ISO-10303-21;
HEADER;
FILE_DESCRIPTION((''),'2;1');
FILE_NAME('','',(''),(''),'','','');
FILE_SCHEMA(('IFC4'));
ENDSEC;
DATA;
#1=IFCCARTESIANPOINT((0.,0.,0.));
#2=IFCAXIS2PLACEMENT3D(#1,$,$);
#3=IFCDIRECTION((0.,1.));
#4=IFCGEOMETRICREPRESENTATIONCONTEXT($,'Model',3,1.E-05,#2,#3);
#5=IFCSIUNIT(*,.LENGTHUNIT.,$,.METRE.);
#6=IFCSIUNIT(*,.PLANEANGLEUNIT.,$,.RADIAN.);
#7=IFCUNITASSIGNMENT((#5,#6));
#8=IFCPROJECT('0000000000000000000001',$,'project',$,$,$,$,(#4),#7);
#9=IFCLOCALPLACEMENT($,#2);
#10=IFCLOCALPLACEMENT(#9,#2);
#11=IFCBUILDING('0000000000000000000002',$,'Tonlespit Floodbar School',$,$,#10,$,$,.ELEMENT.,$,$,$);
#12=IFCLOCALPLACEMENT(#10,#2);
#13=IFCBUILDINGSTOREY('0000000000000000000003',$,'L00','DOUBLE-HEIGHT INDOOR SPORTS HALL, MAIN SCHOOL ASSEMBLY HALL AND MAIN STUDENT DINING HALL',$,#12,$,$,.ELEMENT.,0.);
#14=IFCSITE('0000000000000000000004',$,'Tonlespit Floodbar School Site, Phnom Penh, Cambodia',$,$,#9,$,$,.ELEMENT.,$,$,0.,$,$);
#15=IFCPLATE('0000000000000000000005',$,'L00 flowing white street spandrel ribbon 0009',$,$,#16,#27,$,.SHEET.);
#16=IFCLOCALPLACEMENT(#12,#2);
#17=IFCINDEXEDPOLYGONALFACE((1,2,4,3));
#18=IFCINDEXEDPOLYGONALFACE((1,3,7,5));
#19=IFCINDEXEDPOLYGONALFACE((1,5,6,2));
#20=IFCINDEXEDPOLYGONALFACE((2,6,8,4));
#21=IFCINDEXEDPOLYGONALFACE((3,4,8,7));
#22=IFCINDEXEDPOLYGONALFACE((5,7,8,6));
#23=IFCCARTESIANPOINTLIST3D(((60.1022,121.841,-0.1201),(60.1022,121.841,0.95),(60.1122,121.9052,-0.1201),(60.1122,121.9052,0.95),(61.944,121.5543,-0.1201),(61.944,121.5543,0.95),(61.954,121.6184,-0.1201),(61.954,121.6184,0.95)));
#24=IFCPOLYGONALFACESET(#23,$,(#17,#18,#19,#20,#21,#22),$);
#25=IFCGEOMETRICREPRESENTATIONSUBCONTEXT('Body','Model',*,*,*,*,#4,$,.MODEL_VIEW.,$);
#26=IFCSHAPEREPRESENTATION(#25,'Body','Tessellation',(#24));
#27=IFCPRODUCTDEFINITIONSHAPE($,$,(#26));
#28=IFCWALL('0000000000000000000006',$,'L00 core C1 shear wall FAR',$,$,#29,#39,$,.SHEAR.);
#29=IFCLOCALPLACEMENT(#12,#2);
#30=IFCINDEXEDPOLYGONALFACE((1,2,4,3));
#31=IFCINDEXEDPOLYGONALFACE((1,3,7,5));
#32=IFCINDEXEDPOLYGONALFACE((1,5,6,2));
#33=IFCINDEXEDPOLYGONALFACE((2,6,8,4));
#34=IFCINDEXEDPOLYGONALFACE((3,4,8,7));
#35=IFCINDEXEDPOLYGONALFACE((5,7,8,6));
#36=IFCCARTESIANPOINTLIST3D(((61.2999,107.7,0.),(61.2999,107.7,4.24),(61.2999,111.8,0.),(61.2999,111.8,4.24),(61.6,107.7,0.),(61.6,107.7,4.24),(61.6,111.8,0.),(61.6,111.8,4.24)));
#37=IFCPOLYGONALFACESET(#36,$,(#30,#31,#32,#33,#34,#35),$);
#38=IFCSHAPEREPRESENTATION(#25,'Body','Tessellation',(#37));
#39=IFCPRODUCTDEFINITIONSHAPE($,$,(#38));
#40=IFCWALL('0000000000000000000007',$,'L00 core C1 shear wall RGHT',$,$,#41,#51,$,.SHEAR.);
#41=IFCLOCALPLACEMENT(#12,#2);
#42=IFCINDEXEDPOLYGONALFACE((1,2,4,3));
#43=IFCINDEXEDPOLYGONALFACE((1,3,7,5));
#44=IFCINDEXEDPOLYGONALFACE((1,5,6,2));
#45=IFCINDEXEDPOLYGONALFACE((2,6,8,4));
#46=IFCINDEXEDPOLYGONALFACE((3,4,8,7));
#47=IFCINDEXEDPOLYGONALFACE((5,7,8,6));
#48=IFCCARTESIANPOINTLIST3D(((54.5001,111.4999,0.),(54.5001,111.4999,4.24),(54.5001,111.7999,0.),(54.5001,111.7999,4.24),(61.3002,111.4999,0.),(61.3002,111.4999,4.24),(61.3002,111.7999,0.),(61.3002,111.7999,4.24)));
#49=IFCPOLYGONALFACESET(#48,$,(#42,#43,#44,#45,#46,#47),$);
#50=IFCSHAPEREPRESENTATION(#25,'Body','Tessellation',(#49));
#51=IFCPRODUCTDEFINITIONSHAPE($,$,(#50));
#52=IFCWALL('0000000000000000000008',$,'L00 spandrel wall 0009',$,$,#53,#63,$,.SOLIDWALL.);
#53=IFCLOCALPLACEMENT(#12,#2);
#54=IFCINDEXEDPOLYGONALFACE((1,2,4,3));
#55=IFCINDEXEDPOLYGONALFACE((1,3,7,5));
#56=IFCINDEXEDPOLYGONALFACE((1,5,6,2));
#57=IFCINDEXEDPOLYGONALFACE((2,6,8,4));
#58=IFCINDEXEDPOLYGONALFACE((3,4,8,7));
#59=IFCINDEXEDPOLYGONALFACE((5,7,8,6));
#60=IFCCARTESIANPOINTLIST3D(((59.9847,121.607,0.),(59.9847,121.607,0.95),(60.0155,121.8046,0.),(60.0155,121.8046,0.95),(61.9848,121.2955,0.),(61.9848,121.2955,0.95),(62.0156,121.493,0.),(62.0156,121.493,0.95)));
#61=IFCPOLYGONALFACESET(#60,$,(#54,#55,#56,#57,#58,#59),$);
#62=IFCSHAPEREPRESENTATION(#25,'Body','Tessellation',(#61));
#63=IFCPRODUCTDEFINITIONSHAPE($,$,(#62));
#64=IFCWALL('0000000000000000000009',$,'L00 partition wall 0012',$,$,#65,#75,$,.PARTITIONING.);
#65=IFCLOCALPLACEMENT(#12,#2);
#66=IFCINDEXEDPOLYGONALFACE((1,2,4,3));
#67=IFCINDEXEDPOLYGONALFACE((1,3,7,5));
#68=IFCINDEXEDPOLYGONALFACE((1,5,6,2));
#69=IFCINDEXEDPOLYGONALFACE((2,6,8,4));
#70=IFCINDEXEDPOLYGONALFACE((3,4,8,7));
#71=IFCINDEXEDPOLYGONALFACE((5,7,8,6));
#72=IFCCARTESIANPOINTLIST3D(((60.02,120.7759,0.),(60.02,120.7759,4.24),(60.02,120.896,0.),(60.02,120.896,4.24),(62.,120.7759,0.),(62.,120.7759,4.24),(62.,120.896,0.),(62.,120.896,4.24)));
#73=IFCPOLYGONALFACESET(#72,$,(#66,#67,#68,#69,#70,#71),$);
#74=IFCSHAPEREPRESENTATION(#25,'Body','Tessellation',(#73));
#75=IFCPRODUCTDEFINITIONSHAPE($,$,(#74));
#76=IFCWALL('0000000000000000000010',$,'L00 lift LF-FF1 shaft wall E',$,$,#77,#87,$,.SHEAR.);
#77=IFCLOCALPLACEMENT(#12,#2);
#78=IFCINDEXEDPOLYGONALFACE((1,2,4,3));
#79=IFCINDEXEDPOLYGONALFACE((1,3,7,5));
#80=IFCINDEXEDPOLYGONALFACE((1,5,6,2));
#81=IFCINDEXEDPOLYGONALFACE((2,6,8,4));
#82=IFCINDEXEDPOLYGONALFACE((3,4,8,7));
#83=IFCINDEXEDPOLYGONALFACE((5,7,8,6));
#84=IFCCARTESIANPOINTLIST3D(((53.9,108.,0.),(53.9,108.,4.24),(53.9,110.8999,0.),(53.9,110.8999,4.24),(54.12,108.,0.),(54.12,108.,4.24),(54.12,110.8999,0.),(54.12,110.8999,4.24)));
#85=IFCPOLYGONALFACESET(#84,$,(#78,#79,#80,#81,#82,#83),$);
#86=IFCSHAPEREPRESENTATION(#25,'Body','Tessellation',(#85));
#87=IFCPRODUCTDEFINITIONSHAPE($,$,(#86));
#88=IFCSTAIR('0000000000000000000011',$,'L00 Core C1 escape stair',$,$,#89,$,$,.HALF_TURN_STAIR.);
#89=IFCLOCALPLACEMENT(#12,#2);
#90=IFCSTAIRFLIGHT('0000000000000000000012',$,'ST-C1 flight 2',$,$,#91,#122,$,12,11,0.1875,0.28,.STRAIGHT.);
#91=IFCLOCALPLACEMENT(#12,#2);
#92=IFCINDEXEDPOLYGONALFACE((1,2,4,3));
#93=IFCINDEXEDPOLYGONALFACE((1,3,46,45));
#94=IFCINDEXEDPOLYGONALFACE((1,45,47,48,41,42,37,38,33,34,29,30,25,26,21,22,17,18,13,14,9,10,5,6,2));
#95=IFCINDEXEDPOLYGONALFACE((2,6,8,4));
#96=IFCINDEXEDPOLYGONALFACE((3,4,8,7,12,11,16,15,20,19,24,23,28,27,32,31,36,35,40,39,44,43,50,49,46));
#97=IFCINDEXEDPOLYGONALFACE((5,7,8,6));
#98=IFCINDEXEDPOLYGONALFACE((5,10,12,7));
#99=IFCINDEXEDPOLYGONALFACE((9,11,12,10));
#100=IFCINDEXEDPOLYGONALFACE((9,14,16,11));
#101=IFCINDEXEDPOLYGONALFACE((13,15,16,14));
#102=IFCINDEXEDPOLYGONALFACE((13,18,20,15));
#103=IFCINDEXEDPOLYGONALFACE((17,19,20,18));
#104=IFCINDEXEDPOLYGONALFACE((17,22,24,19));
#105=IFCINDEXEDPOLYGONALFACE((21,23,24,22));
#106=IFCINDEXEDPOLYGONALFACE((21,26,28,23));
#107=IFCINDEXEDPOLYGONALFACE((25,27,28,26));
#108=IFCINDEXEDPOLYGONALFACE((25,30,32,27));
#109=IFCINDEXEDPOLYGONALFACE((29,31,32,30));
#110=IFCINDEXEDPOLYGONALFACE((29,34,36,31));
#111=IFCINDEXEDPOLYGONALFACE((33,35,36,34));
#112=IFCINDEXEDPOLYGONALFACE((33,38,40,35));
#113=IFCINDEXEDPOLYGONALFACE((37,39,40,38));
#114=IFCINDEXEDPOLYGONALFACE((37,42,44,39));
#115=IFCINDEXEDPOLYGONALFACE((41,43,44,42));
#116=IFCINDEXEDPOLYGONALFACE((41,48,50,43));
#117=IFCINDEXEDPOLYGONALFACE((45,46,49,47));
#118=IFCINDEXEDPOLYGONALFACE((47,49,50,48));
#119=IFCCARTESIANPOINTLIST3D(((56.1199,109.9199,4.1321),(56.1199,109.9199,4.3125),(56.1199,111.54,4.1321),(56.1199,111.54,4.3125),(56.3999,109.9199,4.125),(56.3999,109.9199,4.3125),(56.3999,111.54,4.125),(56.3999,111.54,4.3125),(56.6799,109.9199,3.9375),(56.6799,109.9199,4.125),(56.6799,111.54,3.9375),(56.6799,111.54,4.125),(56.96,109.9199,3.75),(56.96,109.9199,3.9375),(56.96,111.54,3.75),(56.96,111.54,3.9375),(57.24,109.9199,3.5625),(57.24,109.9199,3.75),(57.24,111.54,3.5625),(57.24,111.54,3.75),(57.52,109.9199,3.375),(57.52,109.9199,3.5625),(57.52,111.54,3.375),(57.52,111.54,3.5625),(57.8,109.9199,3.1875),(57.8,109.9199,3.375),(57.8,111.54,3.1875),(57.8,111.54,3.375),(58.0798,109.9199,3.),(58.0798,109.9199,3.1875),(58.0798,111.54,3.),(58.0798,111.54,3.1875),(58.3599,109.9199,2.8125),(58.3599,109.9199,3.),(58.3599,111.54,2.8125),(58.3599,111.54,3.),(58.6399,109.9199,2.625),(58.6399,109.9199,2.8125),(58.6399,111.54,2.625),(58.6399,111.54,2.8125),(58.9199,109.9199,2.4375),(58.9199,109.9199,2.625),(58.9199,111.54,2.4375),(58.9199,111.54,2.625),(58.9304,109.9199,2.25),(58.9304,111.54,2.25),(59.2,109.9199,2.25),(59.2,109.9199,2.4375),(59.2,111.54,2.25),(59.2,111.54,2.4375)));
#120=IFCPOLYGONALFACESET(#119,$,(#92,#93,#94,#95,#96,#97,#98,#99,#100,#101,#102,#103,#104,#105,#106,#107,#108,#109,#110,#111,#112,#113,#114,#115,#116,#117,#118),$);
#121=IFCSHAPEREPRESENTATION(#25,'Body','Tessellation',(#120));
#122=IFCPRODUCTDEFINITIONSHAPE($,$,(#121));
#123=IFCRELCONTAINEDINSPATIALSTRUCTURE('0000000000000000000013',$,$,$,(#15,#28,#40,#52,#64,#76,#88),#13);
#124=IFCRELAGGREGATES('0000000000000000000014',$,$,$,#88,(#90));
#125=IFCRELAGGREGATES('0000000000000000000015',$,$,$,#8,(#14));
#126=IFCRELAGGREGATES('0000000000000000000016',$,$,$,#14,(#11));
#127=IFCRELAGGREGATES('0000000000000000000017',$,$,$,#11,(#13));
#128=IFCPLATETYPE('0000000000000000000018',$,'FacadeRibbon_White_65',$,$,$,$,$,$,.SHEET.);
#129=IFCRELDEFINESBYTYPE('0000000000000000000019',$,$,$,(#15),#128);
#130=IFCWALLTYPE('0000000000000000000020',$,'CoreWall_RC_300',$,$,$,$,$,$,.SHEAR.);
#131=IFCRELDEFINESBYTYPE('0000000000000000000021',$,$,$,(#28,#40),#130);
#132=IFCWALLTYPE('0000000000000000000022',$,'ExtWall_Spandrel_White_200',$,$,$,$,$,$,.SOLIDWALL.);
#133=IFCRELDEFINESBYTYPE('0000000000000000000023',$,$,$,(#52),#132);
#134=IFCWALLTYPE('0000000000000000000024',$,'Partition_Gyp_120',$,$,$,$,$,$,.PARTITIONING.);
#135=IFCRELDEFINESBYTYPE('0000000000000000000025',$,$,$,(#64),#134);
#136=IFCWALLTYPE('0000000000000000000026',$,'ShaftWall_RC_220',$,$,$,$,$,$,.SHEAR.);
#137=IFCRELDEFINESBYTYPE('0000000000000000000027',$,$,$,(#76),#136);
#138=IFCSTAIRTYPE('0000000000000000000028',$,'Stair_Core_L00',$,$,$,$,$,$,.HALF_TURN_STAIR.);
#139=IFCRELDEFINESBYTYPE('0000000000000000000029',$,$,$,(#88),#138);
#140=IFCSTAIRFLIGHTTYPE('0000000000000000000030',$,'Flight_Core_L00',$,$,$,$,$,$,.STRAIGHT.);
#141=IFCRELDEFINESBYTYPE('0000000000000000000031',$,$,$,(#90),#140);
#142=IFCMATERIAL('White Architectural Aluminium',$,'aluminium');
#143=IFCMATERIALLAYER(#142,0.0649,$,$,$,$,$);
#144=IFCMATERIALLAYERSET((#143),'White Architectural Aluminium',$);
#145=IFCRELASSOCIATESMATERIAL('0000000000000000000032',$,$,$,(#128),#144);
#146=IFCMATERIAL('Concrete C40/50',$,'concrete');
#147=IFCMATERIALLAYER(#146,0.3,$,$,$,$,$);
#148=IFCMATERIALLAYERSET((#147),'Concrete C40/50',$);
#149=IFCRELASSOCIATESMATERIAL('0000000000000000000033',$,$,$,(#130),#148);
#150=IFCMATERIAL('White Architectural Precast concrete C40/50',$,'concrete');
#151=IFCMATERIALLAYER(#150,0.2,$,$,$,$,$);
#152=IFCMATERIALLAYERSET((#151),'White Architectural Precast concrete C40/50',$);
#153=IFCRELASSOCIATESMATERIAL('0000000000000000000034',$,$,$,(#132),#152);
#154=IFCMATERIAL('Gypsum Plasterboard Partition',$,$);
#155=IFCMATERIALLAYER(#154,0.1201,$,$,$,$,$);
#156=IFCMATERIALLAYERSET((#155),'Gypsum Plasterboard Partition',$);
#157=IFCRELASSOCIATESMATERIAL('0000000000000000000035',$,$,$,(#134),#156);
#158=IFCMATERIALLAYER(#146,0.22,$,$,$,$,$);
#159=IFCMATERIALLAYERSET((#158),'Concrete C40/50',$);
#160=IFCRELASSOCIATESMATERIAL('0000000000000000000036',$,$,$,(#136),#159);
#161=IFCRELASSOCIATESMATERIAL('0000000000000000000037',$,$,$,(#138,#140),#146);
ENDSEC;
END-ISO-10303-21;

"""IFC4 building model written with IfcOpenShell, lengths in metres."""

from ifc_helpers import new_model, si_unit, direction, frame, frame_2d, origin, origin_2d, place, context, subcontext, project, spatial, polyline, rectangle, outline, extrude, material, layer, layer_set, type_object, element, aggregate, save


model = new_model("IFC4")

# Units and contexts
model_context = context("Model", 3, precision=1e-05, world=origin(), true_north=direction((0.0, 1.0)))
body_context = subcontext(model_context, "Body", "Model", "MODEL_VIEW")
ifc_project = project(units=[si_unit("LENGTHUNIT", "METRE"), si_unit("PLANEANGLEUNIT", "RADIAN")], contexts=[model_context])

# Site, building, storey
site_placement = place(None, origin())
site = spatial("IfcSite", under=ifc_project, at=site_placement, Name="Tonlespit Floodbar School Site, Phnom Penh, Cambodia", CompositionType="ELEMENT", RefElevation=0.0)
building_placement = place(site_placement, origin())
building = spatial("IfcBuilding", under=site, at=building_placement, Name="Tonlespit Floodbar School", CompositionType="ELEMENT")
storey_placement = place(building_placement, origin())
storey = spatial("IfcBuildingStorey", under=building, at=storey_placement, Name="L00", Description="DOUBLE-HEIGHT INDOOR SPORTS HALL, MAIN SCHOOL ASSEMBLY HALL AND MAIN STUDENT DINING HALL", CompositionType="ELEMENT", Elevation=0.0)

# Shared definitions
ifc_material_1 = material(Name="Concrete C40/50", Category="concrete")

# Plate
ifc_material_2 = material(Name="White Architectural Aluminium", Category="aluminium")
ifc_layer_1 = layer(ifc_material_2, 0.0649)
ifc_layer_set_1 = layer_set([ifc_layer_1], Name="White Architectural Aluminium")
plate_type_1 = type_object("IfcPlateType", Name="FacadeRibbon_White_65", PredefinedType="SHEET", material=ifc_layer_set_1)
plate_1_placement = place(storey_placement, frame((61.0281, 121.7297, -0.1201), z_axis=(0.0, 0.0, 1.0), x_axis=(0.988095, -0.153846, 0.0)))
element("IfcPlate", 1, at=plate_1_placement, inside=storey, type_object=plate_type_1, Name="L00 flowing white street spandrel ribbon 0009", PredefinedType="SHEET", context=body_context, shape_type="SweptSolid", body=[
    extrude(rectangle(XDim=1.864, YDim=0.0649, at=origin_2d()), origin(), (0.0, 0.0, 1.0), 1.0701),
])

# Walls
ifc_layer_2 = layer(ifc_material_1, 0.3)
ifc_layer_set_2 = layer_set([ifc_layer_2], Name="Concrete C40/50")
wall_type_1 = type_object("IfcWallType", Name="CoreWall_RC_300", PredefinedType="SHEAR", material=ifc_layer_set_2)
wall_1_placement = place(storey_placement, frame((61.45, 111.8, 0.0), z_axis=(0.0, 0.0, 1.0), x_axis=(0.0, -1.0, 0.0)))
element("IfcWall", 2, at=wall_1_placement, inside=storey, type_object=wall_type_1, Name="L00 core C1 shear wall FAR", PredefinedType="SHEAR", context=body_context, shape_type="SweptSolid", body=[
    extrude(rectangle(XDim=4.1001, YDim=0.3, at=frame_2d((2.05, 0.0))), origin(), (0.0, 0.0, 1.0), 4.24),
])
wall_2_placement = place(storey_placement, frame((61.3, 111.6499, 0.0), z_axis=(0.0, 0.0, 1.0), x_axis=(-1.0, 0.0, 0.0)))
element("IfcWall", 3, at=wall_2_placement, inside=storey, type_object=wall_type_1, Name="L00 core C1 shear wall RGHT", PredefinedType="SHEAR", context=body_context, shape_type="SweptSolid", body=[
    extrude(rectangle(XDim=6.8, YDim=0.3, at=frame_2d((3.3999, 0.0))), origin(), (0.0, 0.0, 1.0), 4.24),
])
ifc_material_3 = material(Name="White Architectural Precast concrete C40/50", Category="concrete")
ifc_layer_3 = layer(ifc_material_3, 0.2)
ifc_layer_set_3 = layer_set([ifc_layer_3], Name="White Architectural Precast concrete C40/50")
wall_type_2 = type_object("IfcWallType", Name="ExtWall_Spandrel_White_200", PredefinedType="SOLIDWALL", material=ifc_layer_set_3)
wall_3_placement = place(storey_placement, frame((60.0, 121.7058, 0.0), z_axis=(0.0, 0.0, 1.0), x_axis=(0.988086, -0.153906, 0.0)))
element("IfcWall", 4, at=wall_3_placement, inside=storey, type_object=wall_type_2, Name="L00 spandrel wall 0009", PredefinedType="SOLIDWALL", context=body_context, shape_type="SweptSolid", body=[
    extrude(rectangle(XDim=2.0242, YDim=0.2, at=frame_2d((1.0122, 0.0))), origin(), (0.0, 0.0, 1.0), 0.95),
])
ifc_material_4 = material(Name="Gypsum Plasterboard Partition")
ifc_layer_4 = layer(ifc_material_4, 0.1201)
ifc_layer_set_4 = layer_set([ifc_layer_4], Name="Gypsum Plasterboard Partition")
wall_type_3 = type_object("IfcWallType", Name="Partition_Gyp_120", PredefinedType="PARTITIONING", material=ifc_layer_set_4)
wall_4_placement = place(storey_placement, frame((60.02, 120.8359, 0.0), z_axis=(0.0, 0.0, 1.0), x_axis=(1.0, 0.0, 0.0)))
element("IfcWall", 5, at=wall_4_placement, inside=storey, type_object=wall_type_3, Name="L00 partition wall 0012", PredefinedType="PARTITIONING", context=body_context, shape_type="SweptSolid", body=[
    extrude(rectangle(XDim=1.98, YDim=0.1201, at=frame_2d((0.99, 0.0))), origin(), (0.0, 0.0, 1.0), 4.24),
])
ifc_layer_5 = layer(ifc_material_1, 0.22)
ifc_layer_set_5 = layer_set([ifc_layer_5], Name="Concrete C40/50")
wall_type_4 = type_object("IfcWallType", Name="ShaftWall_RC_220", PredefinedType="SHEAR", material=ifc_layer_set_5)
wall_5_placement = place(storey_placement, frame((54.01, 110.8999, 0.0), z_axis=(0.0, 0.0, 1.0), x_axis=(0.0, -1.0, 0.0)))
element("IfcWall", 6, at=wall_5_placement, inside=storey, type_object=wall_type_4, Name="L00 lift LF-FF1 shaft wall E", PredefinedType="SHEAR", context=body_context, shape_type="SweptSolid", body=[
    extrude(rectangle(XDim=2.8999, YDim=0.22, at=frame_2d((1.45, 0.0))), origin(), (0.0, 0.0, 1.0), 4.24),
])

# Stair, stair flight
stair_type = type_object("IfcStairType", Name="Stair_Core_L00", PredefinedType="HALF_TURN_STAIR", material=ifc_material_1)
stair_placement = place(storey_placement, origin())
stair = element("IfcStair", 7, at=stair_placement, inside=storey, type_object=stair_type, Name="L00 Core C1 escape stair", PredefinedType="HALF_TURN_STAIR")
stair_flight_type = type_object("IfcStairFlightType", Name="Flight_Core_L00", PredefinedType="STRAIGHT", material=ifc_material_1)
stair_flight_placement = place(storey_placement, frame((59.2, 110.73, 2.25), z_axis=(0.0, 0.0, 1.0), x_axis=(-1.0, 0.0, 0.0)))
stair_flight = element("IfcStairFlight", 8, at=stair_flight_placement, type_object=stair_flight_type, Name="ST-C1 flight 2", NumberOfRisers=12, NumberOfTreads=11, PredefinedType="STRAIGHT", RiserHeight=0.1875, TreadLength=0.28, context=body_context, shape_type="SweptSolid", body=[
    extrude(outline(polyline([(0.0, 0.0), (0.0, 0.1875), (0.28, 0.1875), (0.28, 0.375), (0.5601, 0.375), (0.5601, 0.5625), (0.8401, 0.5625), (0.8401, 0.75), (1.1201, 0.75), (1.1201, 0.9375), (1.3999, 0.9375), (1.3999, 1.125), (1.6799, 1.125), (1.6799, 1.3125), (1.96, 1.3125), (1.96, 1.5), (2.24, 1.5), (2.24, 1.6875), (2.52, 1.6875), (2.52, 1.875), (2.8, 1.875), (2.8, 2.0625), (3.0801, 2.0625), (3.0801, 2.25), (3.0801, 1.8821), (0.2695, 0.0), (0.0, 0.0)])), frame((0.0, 0.8101, 0.0), z_axis=(0.0, -1.0, 0.0), x_axis=(1.0, 0.0, 0.0)), (0.0, 0.0, 1.0), 1.6201),
])
aggregate(stair, [stair_flight])

save(model, "model.ifc")
